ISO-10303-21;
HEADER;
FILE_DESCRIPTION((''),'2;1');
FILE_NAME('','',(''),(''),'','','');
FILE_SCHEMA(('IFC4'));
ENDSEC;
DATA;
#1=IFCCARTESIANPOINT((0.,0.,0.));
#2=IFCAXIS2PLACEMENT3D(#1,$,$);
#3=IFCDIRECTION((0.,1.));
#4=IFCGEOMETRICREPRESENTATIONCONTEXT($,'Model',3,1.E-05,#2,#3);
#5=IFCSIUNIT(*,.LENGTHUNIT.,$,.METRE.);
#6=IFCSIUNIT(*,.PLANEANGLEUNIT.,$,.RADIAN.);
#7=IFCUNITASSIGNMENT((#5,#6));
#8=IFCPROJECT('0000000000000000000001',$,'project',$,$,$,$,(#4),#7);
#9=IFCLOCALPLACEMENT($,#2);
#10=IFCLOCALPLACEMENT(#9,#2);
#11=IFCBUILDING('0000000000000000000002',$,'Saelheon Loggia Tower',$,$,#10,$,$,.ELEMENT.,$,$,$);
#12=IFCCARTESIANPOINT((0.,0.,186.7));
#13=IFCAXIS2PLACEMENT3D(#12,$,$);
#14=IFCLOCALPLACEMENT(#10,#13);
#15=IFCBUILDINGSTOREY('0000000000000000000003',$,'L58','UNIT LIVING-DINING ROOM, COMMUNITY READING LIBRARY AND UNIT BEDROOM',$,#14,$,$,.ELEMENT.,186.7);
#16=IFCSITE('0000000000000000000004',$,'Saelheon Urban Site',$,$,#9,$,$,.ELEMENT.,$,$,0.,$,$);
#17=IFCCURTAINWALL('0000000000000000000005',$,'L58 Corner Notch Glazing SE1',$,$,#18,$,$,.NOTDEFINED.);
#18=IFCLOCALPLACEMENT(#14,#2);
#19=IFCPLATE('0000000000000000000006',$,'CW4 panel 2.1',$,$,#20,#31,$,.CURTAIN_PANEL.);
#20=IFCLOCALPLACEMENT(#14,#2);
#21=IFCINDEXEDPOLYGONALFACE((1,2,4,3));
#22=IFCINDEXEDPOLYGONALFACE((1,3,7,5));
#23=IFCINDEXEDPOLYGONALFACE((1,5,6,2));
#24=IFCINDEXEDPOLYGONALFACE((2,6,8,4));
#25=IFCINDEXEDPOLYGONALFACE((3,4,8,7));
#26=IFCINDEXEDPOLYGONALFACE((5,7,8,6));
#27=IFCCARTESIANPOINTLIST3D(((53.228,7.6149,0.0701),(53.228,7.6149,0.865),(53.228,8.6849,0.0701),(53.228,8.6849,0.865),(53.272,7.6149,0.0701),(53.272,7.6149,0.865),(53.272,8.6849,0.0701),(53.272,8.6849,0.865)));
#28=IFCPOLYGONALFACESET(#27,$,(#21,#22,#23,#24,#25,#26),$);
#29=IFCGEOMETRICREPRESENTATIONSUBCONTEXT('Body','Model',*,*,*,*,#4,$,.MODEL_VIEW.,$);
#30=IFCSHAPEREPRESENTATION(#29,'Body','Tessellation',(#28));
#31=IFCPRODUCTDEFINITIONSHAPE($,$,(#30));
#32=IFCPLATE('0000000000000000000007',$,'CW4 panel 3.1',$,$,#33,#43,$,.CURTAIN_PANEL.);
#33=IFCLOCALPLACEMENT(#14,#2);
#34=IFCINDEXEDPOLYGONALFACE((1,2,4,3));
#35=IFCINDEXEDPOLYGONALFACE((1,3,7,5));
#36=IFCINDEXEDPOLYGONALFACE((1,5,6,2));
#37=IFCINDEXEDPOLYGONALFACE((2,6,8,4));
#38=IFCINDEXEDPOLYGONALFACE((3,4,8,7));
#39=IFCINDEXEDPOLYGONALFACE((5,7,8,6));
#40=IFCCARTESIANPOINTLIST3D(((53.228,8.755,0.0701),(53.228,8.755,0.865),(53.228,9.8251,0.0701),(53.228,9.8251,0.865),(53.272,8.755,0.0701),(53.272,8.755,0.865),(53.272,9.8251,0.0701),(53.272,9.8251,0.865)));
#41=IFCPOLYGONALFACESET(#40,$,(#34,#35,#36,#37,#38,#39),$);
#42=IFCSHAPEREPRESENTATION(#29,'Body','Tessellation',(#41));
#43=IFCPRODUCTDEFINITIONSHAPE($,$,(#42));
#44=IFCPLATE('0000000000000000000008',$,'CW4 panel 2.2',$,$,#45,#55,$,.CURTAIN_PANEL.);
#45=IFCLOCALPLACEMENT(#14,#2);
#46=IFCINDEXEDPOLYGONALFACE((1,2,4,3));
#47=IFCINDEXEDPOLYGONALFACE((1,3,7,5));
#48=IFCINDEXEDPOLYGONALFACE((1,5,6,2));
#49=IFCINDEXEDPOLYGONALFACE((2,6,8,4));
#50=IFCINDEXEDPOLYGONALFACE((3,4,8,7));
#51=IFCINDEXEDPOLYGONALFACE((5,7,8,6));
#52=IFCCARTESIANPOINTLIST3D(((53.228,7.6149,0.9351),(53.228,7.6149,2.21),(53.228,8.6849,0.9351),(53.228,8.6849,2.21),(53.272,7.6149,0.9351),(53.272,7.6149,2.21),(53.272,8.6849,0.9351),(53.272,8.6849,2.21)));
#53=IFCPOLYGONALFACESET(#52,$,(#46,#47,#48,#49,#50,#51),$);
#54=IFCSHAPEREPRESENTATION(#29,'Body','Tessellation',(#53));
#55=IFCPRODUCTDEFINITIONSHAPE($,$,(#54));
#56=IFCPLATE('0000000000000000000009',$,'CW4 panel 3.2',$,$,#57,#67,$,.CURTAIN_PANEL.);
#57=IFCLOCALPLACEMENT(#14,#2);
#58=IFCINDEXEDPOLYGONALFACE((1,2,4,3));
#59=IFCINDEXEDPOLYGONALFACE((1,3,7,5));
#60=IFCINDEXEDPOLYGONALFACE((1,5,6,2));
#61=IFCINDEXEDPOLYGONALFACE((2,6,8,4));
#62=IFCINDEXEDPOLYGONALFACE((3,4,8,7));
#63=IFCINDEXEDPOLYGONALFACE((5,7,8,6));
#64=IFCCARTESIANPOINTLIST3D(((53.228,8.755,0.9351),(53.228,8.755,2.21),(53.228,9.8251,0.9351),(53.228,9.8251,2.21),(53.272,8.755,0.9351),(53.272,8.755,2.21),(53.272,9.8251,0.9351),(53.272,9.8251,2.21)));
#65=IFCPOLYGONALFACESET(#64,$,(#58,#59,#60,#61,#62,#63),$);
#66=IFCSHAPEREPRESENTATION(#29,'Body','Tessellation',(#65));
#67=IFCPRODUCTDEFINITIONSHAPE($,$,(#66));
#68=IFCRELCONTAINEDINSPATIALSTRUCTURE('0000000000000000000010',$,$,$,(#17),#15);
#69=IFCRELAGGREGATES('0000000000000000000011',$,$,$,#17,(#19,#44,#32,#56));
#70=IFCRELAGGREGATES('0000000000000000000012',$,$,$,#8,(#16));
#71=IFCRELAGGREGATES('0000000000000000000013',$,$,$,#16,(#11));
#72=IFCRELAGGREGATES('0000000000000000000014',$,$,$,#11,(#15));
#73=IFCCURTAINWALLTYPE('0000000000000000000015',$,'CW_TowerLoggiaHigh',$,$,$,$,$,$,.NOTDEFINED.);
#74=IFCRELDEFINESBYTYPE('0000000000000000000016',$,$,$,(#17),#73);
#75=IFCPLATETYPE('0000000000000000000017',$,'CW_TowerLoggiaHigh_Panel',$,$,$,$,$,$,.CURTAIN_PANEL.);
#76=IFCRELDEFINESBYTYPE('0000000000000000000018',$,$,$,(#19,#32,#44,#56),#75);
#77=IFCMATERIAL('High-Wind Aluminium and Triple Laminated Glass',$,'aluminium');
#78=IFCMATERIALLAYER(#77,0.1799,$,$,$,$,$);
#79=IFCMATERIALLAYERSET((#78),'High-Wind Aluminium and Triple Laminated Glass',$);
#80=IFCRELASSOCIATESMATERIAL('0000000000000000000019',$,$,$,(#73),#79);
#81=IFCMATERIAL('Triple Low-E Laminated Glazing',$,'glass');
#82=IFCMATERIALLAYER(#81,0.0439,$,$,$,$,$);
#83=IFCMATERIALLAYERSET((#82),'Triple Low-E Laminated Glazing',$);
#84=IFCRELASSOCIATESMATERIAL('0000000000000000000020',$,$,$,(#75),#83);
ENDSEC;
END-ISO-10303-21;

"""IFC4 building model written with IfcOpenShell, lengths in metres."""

from ifc_helpers import new_model, si_unit, direction, frame, origin, origin_2d, place, context, subcontext, project, spatial, rectangle, extrude, source, transform, mapped, material, layer, layer_set, type_object, element, aggregate, save


model = new_model("IFC4")

# Units and contexts
model_context = context("Model", 3, precision=1e-05, world=origin(), true_north=direction((0.0, 1.0)))
body_context = subcontext(model_context, "Body", "Model", "MODEL_VIEW")
ifc_project = project(units=[si_unit("LENGTHUNIT", "METRE"), si_unit("PLANEANGLEUNIT", "RADIAN")], contexts=[model_context])

# Site, building, storey
site_placement = place(None, origin())
site = spatial("IfcSite", under=ifc_project, at=site_placement, Name="Saelheon Urban Site", CompositionType="ELEMENT", RefElevation=0.0)
building_placement = place(site_placement, origin())
building = spatial("IfcBuilding", under=site, at=building_placement, Name="Saelheon Loggia Tower", CompositionType="ELEMENT")
storey_placement = place(building_placement, frame((0.0, 0.0, 186.7)))
storey = spatial("IfcBuildingStorey", under=building, at=storey_placement, Name="L58", Description="UNIT LIVING-DINING ROOM, COMMUNITY READING LIBRARY AND UNIT BEDROOM", CompositionType="ELEMENT", Elevation=186.7)

# Curtain wall
ifc_material_1 = material(Name="High-Wind Aluminium and Triple Laminated Glass", Category="aluminium")
ifc_layer_1 = layer(ifc_material_1, 0.1799)
ifc_layer_set_1 = layer_set([ifc_layer_1], Name="High-Wind Aluminium and Triple Laminated Glass")
curtain_wall_type = type_object("IfcCurtainWallType", Name="CW_TowerLoggiaHigh", PredefinedType="NOTDEFINED", material=ifc_layer_set_1)
curtain_wall_1_placement = place(storey_placement, origin())
curtain_wall_1 = element("IfcCurtainWall", 1, at=curtain_wall_1_placement, inside=storey, type_object=curtain_wall_type, Name="L58 Corner Notch Glazing SE1", PredefinedType="NOTDEFINED")

# Plates
ifc_material_2 = material(Name="Triple Low-E Laminated Glazing", Category="glass")
ifc_layer_2 = layer(ifc_material_2, 0.0439)
ifc_layer_set_2 = layer_set([ifc_layer_2], Name="Triple Low-E Laminated Glazing")
plate_type = type_object("IfcPlateType", Name="CW_TowerLoggiaHigh_Panel", PredefinedType="CURTAIN_PANEL", material=ifc_layer_set_2)
shared_shape_1 = source(origin(), body_context, "Body", "SweptSolid", [
    extrude(rectangle(XDim=1.0701, YDim=0.0439, at=origin_2d()), origin(), (0.0, 0.0, 1.0), 0.7949),
])
plate_1_placement = place(storey_placement, frame((53.25, 8.1499, 0.0701), z_axis=(0.0, 0.0, 1.0), x_axis=(0.0, 1.0, 0.0)))
plate_1 = element("IfcPlate", 2, at=plate_1_placement, type_object=plate_type, Name="CW4 panel 2.1", PredefinedType="CURTAIN_PANEL", context=body_context, shape_type="MappedRepresentation", body=[
    mapped(shared_shape_1, transform((0.0, 0.0, 0.0), scale=1.0)),
])
plate_2_placement = place(storey_placement, frame((53.25, 9.29, 0.0701), z_axis=(0.0, 0.0, 1.0), x_axis=(0.0, 1.0, 0.0)))
plate_2 = element("IfcPlate", 3, at=plate_2_placement, type_object=plate_type, Name="CW4 panel 3.1", PredefinedType="CURTAIN_PANEL", context=body_context, shape_type="MappedRepresentation", body=[
    mapped(shared_shape_1, transform((0.0, 0.0, 0.0), scale=1.0)),
])
shared_shape_2 = source(origin(), body_context, "Body", "SweptSolid", [
    extrude(rectangle(XDim=1.0701, YDim=0.0439, at=origin_2d()), origin(), (0.0, 0.0, 1.0), 1.2749),
])
plate_3_placement = place(storey_placement, frame((53.25, 8.1499, 0.9351), z_axis=(0.0, 0.0, 1.0), x_axis=(0.0, 1.0, 0.0)))
plate_3 = element("IfcPlate", 4, at=plate_3_placement, type_object=plate_type, Name="CW4 panel 2.2", PredefinedType="CURTAIN_PANEL", context=body_context, shape_type="MappedRepresentation", body=[
    mapped(shared_shape_2, transform((0.0, 0.0, 0.0), scale=1.0)),
])
plate_4_placement = place(storey_placement, frame((53.25, 9.29, 0.9351), z_axis=(0.0, 0.0, 1.0), x_axis=(0.0, 1.0, 0.0)))
plate_4 = element("IfcPlate", 5, at=plate_4_placement, type_object=plate_type, Name="CW4 panel 3.2", PredefinedType="CURTAIN_PANEL", context=body_context, shape_type="MappedRepresentation", body=[
    mapped(shared_shape_2, transform((0.0, 0.0, 0.0), scale=1.0)),
])
aggregate(curtain_wall_1, [plate_1, plate_3, plate_2, plate_4])

save(model, "model.ifc")
